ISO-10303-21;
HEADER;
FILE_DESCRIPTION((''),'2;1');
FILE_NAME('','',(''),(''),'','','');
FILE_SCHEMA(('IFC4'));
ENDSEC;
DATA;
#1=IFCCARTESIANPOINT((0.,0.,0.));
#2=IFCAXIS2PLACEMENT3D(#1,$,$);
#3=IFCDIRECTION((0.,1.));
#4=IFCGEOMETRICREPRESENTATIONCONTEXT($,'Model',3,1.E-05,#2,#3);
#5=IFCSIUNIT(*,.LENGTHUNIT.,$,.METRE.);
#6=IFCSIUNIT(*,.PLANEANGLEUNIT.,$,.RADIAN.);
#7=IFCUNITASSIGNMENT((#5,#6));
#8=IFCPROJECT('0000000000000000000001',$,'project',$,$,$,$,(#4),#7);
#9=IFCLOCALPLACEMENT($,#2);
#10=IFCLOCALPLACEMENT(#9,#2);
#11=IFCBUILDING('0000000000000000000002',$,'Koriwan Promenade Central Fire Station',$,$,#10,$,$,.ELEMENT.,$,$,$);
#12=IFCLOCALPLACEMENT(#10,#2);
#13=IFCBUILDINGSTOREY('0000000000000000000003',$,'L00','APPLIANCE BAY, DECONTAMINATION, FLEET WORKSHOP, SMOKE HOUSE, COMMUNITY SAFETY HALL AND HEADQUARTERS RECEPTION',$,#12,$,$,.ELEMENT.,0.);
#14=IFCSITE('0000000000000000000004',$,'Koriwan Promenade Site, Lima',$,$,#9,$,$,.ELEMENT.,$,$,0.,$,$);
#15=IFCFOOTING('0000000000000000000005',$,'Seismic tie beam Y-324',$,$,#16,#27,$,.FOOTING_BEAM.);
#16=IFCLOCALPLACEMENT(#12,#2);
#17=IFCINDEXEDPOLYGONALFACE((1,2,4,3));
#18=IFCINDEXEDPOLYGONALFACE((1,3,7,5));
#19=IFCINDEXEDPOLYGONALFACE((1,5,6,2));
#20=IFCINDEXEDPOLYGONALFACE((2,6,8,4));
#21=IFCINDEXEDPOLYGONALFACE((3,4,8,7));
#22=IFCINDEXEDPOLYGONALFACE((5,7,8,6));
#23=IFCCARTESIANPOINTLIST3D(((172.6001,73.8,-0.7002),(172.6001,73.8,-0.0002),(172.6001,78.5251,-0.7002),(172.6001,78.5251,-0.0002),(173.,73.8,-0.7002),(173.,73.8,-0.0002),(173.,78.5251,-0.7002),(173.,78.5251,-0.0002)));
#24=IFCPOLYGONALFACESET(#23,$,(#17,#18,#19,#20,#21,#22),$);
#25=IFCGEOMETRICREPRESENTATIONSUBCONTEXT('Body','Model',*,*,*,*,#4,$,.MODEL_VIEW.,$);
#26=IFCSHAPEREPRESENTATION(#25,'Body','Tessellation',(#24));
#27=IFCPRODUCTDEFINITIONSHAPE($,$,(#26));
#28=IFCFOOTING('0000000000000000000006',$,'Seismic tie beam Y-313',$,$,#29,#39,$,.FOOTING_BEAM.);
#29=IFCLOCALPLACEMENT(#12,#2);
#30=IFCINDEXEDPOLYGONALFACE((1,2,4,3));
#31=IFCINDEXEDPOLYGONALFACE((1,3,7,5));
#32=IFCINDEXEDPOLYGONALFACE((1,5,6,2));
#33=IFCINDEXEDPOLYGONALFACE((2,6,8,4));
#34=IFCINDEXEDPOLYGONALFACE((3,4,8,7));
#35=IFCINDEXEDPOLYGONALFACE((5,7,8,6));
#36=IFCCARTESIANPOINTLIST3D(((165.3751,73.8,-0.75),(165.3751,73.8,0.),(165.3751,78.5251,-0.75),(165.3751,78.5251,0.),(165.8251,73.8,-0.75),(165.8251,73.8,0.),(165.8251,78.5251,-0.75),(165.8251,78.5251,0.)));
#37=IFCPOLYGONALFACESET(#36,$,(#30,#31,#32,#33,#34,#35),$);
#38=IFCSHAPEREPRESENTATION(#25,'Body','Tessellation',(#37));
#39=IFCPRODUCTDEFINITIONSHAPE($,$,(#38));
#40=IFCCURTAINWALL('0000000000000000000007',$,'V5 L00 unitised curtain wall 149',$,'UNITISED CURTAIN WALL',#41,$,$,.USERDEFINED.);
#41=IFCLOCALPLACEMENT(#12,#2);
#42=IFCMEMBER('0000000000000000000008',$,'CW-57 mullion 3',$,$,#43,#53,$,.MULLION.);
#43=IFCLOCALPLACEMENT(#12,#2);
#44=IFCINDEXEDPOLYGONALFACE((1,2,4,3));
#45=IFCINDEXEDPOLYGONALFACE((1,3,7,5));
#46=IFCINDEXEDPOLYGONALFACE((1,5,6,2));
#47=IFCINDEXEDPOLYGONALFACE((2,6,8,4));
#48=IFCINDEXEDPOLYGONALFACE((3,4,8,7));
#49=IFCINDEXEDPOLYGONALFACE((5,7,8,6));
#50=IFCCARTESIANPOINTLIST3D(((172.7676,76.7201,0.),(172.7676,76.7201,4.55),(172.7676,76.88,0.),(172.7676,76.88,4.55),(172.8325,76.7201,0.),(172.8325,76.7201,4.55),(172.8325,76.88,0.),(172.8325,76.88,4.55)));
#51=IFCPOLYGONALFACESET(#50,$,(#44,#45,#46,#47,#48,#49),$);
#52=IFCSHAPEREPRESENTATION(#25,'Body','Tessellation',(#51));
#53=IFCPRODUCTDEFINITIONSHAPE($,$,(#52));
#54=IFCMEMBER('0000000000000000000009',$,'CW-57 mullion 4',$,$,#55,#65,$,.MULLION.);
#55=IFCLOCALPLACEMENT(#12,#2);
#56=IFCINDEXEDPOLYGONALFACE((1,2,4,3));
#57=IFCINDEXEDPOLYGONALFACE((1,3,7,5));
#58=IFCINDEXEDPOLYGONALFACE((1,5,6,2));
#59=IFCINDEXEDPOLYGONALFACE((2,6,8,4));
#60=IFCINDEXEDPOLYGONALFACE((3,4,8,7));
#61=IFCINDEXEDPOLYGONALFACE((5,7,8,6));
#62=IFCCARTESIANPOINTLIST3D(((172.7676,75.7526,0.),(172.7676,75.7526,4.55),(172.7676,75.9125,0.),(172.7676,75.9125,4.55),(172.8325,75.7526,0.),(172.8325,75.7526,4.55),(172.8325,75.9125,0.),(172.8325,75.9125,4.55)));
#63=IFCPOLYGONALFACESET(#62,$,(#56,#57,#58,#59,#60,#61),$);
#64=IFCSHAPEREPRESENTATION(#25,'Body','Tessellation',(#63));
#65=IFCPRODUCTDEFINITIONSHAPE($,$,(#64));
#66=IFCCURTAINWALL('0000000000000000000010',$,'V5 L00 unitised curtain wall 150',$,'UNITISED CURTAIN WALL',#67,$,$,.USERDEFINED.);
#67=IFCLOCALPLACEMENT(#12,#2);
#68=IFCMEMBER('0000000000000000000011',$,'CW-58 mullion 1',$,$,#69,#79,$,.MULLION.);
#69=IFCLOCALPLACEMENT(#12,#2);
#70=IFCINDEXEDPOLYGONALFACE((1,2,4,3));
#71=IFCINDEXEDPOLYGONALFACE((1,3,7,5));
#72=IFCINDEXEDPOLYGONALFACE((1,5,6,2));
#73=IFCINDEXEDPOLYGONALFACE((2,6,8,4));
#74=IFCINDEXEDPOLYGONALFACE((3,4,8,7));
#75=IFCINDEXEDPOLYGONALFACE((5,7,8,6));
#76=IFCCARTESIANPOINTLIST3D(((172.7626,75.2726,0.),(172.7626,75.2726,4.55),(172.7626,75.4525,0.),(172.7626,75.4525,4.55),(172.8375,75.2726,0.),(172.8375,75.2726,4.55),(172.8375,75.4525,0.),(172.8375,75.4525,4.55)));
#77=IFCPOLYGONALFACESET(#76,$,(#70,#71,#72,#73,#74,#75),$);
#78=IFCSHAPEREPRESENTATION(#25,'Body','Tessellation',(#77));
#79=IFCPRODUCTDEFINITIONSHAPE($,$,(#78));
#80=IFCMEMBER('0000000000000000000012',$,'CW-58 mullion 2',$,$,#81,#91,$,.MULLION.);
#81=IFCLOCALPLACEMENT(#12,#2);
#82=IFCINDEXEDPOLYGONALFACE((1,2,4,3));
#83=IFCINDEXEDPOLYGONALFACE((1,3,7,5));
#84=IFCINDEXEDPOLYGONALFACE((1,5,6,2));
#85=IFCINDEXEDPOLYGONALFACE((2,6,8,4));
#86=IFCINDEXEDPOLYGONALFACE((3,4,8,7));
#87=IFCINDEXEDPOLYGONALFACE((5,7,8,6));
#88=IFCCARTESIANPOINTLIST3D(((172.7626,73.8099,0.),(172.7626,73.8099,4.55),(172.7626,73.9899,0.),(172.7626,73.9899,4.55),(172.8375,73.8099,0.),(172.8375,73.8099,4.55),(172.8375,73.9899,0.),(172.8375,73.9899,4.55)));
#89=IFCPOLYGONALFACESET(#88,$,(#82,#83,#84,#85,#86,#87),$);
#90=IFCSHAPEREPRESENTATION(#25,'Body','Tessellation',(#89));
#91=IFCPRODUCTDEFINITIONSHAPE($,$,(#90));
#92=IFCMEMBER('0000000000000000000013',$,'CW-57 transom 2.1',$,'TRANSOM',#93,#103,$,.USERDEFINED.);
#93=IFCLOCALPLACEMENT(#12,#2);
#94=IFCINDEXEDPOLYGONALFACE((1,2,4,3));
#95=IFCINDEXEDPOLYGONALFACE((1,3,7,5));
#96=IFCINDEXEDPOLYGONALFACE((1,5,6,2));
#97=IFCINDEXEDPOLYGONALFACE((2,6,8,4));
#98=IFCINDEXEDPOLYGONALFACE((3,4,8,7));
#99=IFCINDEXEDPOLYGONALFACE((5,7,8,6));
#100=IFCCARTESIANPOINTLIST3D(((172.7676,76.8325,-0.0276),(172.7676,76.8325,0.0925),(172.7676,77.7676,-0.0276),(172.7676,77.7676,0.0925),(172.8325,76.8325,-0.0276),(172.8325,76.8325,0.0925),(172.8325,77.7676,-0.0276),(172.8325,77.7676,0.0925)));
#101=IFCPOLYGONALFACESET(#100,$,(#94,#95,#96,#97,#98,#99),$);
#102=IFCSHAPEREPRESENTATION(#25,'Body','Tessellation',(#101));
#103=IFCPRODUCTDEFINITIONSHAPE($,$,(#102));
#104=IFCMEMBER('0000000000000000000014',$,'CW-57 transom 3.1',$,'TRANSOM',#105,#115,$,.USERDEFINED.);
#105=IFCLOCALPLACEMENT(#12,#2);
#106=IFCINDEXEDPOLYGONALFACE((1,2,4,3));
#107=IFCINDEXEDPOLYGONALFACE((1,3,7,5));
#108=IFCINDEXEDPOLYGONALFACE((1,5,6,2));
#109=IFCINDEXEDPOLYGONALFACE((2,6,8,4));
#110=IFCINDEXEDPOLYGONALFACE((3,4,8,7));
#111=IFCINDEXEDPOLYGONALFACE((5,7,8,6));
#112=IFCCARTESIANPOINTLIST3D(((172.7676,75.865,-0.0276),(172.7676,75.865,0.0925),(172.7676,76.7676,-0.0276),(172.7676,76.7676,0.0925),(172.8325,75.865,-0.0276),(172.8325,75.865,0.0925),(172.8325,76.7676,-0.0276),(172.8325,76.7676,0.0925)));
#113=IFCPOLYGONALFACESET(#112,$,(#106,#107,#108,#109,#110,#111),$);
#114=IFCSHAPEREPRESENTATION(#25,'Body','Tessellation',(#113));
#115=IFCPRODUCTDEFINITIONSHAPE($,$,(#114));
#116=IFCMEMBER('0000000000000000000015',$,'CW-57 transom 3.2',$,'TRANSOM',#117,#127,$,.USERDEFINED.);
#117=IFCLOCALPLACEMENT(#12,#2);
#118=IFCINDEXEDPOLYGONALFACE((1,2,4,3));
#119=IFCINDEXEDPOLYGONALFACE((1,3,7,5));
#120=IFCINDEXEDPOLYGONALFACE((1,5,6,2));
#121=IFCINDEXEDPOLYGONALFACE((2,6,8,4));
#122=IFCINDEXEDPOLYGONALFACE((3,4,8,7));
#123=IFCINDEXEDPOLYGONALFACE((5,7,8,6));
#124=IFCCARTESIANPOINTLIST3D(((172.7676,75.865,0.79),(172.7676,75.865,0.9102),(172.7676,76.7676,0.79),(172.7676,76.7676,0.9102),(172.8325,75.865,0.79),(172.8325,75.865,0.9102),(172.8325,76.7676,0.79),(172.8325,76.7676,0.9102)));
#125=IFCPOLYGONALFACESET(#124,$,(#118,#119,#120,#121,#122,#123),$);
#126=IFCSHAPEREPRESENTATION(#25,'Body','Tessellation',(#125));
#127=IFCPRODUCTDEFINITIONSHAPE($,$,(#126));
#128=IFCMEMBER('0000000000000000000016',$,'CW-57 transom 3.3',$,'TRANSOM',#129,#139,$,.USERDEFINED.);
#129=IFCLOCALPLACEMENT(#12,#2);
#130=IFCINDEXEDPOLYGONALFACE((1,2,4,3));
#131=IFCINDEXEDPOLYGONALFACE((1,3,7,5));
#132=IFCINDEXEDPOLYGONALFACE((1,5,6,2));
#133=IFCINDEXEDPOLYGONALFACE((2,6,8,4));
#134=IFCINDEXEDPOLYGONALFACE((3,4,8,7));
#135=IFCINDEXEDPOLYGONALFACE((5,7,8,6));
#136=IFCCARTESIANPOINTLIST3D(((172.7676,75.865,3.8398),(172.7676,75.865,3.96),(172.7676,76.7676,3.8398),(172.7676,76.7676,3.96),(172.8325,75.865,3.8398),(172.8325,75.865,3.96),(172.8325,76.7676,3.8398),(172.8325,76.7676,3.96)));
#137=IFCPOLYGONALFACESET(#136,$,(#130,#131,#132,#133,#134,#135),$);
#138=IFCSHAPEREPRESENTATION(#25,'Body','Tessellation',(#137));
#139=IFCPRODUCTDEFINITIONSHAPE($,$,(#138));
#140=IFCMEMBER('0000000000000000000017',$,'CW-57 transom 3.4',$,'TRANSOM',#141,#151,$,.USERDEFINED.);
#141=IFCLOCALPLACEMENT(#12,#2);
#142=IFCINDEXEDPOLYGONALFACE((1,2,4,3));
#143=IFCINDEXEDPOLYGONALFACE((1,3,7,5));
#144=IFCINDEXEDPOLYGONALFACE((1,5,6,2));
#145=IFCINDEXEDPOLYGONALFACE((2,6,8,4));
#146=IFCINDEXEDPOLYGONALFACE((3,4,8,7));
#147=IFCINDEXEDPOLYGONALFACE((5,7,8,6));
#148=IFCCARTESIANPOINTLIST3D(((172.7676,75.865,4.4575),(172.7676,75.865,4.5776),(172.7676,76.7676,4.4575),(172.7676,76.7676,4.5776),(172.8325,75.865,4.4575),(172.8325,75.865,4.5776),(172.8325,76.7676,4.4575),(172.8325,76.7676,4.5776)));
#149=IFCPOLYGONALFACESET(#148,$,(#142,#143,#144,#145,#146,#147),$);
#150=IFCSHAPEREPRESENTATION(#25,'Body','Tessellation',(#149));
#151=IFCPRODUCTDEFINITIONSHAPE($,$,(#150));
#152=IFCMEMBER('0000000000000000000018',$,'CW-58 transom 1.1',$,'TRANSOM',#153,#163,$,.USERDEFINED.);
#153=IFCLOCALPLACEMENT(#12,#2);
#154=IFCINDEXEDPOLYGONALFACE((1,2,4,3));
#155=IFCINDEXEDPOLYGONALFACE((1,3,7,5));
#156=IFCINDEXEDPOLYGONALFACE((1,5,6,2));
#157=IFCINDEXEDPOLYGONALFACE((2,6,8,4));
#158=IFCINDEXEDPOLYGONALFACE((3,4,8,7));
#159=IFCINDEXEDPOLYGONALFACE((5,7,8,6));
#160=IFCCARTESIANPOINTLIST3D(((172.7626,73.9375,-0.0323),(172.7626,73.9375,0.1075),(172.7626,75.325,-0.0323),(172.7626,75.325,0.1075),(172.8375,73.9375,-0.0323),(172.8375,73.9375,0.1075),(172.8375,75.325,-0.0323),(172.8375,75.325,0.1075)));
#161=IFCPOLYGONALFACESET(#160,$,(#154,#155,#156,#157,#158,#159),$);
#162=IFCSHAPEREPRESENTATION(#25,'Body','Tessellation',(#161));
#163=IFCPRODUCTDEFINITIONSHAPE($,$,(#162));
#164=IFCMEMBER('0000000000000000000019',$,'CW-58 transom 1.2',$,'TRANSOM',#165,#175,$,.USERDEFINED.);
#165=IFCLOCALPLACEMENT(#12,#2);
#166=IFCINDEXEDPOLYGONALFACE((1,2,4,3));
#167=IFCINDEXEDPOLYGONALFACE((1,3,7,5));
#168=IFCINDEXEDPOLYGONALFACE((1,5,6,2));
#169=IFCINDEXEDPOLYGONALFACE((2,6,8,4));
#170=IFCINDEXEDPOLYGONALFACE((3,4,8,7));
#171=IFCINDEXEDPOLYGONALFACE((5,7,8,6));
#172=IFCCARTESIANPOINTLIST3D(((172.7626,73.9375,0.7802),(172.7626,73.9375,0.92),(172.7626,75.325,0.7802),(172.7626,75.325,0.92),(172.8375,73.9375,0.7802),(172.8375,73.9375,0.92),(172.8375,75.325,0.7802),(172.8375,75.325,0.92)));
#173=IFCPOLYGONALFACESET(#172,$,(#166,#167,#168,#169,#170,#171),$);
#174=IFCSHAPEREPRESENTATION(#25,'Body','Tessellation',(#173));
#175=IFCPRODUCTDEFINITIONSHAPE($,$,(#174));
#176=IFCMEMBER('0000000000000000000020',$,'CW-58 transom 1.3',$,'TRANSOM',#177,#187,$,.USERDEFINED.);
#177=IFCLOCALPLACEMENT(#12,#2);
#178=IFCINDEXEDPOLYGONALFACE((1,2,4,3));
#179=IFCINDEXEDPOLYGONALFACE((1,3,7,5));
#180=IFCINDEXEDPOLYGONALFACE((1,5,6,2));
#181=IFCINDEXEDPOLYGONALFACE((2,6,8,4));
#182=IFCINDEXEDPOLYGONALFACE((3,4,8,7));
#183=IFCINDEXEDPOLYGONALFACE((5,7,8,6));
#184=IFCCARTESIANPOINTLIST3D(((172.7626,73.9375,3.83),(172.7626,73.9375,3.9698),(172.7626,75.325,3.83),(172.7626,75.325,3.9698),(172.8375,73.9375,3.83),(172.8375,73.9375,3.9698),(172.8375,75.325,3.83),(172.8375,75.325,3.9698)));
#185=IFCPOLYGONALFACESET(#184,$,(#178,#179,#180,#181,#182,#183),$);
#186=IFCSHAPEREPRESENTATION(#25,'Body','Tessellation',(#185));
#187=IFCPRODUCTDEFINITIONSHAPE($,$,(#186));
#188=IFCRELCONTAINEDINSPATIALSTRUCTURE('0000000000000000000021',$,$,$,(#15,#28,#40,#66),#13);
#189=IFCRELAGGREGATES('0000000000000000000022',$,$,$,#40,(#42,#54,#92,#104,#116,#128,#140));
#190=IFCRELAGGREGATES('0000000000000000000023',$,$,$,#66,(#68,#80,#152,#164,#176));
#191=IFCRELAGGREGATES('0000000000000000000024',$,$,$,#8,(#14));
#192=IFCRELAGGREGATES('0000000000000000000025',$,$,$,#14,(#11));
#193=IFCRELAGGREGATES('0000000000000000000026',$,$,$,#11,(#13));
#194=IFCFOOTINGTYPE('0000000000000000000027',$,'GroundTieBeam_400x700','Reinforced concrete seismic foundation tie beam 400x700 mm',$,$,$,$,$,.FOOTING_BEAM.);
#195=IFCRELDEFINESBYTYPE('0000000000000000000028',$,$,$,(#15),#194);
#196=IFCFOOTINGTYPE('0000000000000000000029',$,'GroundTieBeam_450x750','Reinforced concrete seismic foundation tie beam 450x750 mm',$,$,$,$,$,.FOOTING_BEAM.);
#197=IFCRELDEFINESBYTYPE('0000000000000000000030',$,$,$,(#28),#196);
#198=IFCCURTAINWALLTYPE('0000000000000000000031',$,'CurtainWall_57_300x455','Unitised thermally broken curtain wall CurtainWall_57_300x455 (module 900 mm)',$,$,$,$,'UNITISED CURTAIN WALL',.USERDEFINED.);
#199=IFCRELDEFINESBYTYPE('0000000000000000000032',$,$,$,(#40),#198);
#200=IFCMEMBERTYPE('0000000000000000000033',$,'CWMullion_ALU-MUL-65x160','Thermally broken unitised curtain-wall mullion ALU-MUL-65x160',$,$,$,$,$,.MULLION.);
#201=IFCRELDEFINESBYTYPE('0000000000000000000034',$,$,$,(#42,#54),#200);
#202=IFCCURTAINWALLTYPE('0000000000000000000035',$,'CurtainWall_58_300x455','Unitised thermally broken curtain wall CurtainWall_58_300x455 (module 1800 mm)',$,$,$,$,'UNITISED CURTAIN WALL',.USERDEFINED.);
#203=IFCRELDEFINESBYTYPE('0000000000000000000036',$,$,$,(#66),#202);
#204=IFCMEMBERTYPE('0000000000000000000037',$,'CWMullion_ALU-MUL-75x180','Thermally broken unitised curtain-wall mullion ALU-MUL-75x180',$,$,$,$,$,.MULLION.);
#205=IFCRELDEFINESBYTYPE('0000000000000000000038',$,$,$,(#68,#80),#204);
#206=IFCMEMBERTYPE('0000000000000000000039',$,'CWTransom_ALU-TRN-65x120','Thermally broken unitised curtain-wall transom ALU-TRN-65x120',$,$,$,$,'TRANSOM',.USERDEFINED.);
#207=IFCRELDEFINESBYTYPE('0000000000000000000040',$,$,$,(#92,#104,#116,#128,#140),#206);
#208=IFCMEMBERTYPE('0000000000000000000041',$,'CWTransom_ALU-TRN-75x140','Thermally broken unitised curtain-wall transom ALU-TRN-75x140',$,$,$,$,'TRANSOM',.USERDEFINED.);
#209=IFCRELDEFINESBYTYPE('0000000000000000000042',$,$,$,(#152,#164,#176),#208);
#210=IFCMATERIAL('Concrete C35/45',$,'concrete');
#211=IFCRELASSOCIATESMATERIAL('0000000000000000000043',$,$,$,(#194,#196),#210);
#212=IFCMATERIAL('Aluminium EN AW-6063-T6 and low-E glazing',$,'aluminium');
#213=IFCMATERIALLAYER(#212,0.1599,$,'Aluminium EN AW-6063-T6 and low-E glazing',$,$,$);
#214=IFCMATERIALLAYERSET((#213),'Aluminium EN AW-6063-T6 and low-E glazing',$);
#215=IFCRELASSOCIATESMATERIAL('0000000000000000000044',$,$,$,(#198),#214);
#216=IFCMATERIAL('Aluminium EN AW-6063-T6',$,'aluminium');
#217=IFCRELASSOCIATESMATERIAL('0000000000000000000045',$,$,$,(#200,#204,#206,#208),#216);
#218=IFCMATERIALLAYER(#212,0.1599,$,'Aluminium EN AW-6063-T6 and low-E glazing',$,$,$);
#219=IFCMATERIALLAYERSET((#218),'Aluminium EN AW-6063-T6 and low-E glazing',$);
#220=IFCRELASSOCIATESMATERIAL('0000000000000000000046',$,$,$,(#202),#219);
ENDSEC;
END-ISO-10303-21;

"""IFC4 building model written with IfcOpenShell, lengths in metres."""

from ifc_helpers import new_model, si_unit, direction, frame, origin, origin_2d, place, context, subcontext, project, spatial, rectangle, extrude, material, layer, layer_set, material_profile, profile_set, type_object, element, aggregate, save


model = new_model("IFC4")

# Units and contexts
model_context = context("Model", 3, precision=1e-05, world=origin(), true_north=direction((0.0, 1.0)))
body_context = subcontext(model_context, "Body", "Model", "MODEL_VIEW")
ifc_project = project(units=[si_unit("LENGTHUNIT", "METRE"), si_unit("PLANEANGLEUNIT", "RADIAN")], contexts=[model_context])

# Site, building, storey
site_placement = place(None, origin())
site = spatial("IfcSite", under=ifc_project, at=site_placement, Name="Koriwan Promenade Site, Lima", CompositionType="ELEMENT", RefElevation=0.0)
building_placement = place(site_placement, origin())
building = spatial("IfcBuilding", under=site, at=building_placement, Name="Koriwan Promenade Central Fire Station", CompositionType="ELEMENT")
storey_placement = place(building_placement, origin())
storey = spatial("IfcBuildingStorey", under=building, at=storey_placement, Name="L00", Description="APPLIANCE BAY, DECONTAMINATION, FLEET WORKSHOP, SMOKE HOUSE, COMMUNITY SAFETY HALL AND HEADQUARTERS RECEPTION", CompositionType="ELEMENT", Elevation=0.0)

# Footings
ifc_material_1 = material(Name="Concrete C35/45", Category="concrete")
footing_type_1 = type_object("IfcFootingType", Name="GroundTieBeam_400x700", Description="Reinforced concrete seismic foundation tie beam 400x700 mm", PredefinedType="FOOTING_BEAM", material=ifc_material_1)
footing_1_placement = place(storey_placement, frame((172.8, 76.1626, -0.7002), z_axis=(0.0, 0.0, 1.0), x_axis=(0.0, 1.0, 0.0)))
element("IfcFooting", 1, at=footing_1_placement, inside=storey, type_object=footing_type_1, Name="Seismic tie beam Y-324", PredefinedType="FOOTING_BEAM", context=body_context, shape_type="SweptSolid", body=[
    extrude(rectangle(XDim=4.7251, YDim=0.3999, at=origin_2d()), origin(), (0.0, 0.0, 1.0), 0.7),
])
footing_type_2 = type_object("IfcFootingType", Name="GroundTieBeam_450x750", Description="Reinforced concrete seismic foundation tie beam 450x750 mm", PredefinedType="FOOTING_BEAM", material=ifc_material_1)
footing_2_placement = place(storey_placement, frame((165.6001, 76.1626, -0.75), z_axis=(0.0, 0.0, 1.0), x_axis=(0.0, 1.0, 0.0)))
element("IfcFooting", 2, at=footing_2_placement, inside=storey, type_object=footing_type_2, Name="Seismic tie beam Y-313", PredefinedType="FOOTING_BEAM", context=body_context, shape_type="SweptSolid", body=[
    extrude(rectangle(XDim=4.7251, YDim=0.45, at=origin_2d()), origin(), (0.0, 0.0, 1.0), 0.75),
])

# Curtain walls, members
ifc_material_2 = material(Name="Aluminium EN AW-6063-T6 and low-E glazing", Category="aluminium")
ifc_layer_1 = layer(ifc_material_2, 0.1599, Name="Aluminium EN AW-6063-T6 and low-E glazing")
ifc_layer_set_1 = layer_set([ifc_layer_1], Name="Aluminium EN AW-6063-T6 and low-E glazing")
curtain_wall_type_1 = type_object("IfcCurtainWallType", Name="CurtainWall_57_300x455", Description="Unitised thermally broken curtain wall CurtainWall_57_300x455 (module 900 mm)", ElementType="UNITISED CURTAIN WALL", PredefinedType="USERDEFINED", material=ifc_layer_set_1)
curtain_wall_1_placement = place(storey_placement, origin())
curtain_wall_1 = element("IfcCurtainWall", 3, at=curtain_wall_1_placement, inside=storey, type_object=curtain_wall_type_1, Name="V5 L00 unitised curtain wall 149", ObjectType="UNITISED CURTAIN WALL", PredefinedType="USERDEFINED")
ifc_material_3 = material(Name="Aluminium EN AW-6063-T6", Category="aluminium")
ifc_material_profile_1 = material_profile(ifc_material_3, rectangle(XDim=0.0649, YDim=0.1599, at=origin_2d()), Name="ALU-MUL-65x160")
ifc_profile_set_1 = profile_set([ifc_material_profile_1], Name="Aluminium EN AW-6063-T6")
member_type_1 = type_object("IfcMemberType", Name="CWMullion_ALU-MUL-65x160", Description="Thermally broken unitised curtain-wall mullion ALU-MUL-65x160", PredefinedType="MULLION", material=ifc_profile_set_1)
member_1_placement = place(storey_placement, frame((172.8, 76.8, 0.0), z_axis=(0.0, 0.0, 1.0), x_axis=(1.0, 0.0, 0.0)))
member_1 = element("IfcMember", 4, at=member_1_placement, type_object=member_type_1, Name="CW-57 mullion 3", PredefinedType="MULLION", context=body_context, shape_type="SweptSolid", body=[
    extrude(rectangle(XDim=0.0649, YDim=0.1599, at=origin_2d()), origin(), (0.0, 0.0, 1.0), 4.55),
])
member_2_placement = place(storey_placement, frame((172.8, 75.8325, 0.0), z_axis=(0.0, 0.0, 1.0), x_axis=(1.0, 0.0, 0.0)))
member_2 = element("IfcMember", 5, at=member_2_placement, type_object=member_type_1, Name="CW-57 mullion 4", PredefinedType="MULLION", context=body_context, shape_type="SweptSolid", body=[
    extrude(rectangle(XDim=0.0649, YDim=0.1599, at=origin_2d()), origin(), (0.0, 0.0, 1.0), 4.55),
])
ifc_layer_2 = layer(ifc_material_2, 0.1599, Name="Aluminium EN AW-6063-T6 and low-E glazing")
ifc_layer_set_2 = layer_set([ifc_layer_2], Name="Aluminium EN AW-6063-T6 and low-E glazing")
curtain_wall_type_2 = type_object("IfcCurtainWallType", Name="CurtainWall_58_300x455", Description="Unitised thermally broken curtain wall CurtainWall_58_300x455 (module 1800 mm)", ElementType="UNITISED CURTAIN WALL", PredefinedType="USERDEFINED", material=ifc_layer_set_2)
curtain_wall_2_placement = place(storey_placement, origin())
curtain_wall_2 = element("IfcCurtainWall", 6, at=curtain_wall_2_placement, inside=storey, type_object=curtain_wall_type_2, Name="V5 L00 unitised curtain wall 150", ObjectType="UNITISED CURTAIN WALL", PredefinedType="USERDEFINED")
ifc_material_profile_2 = material_profile(ifc_material_3, rectangle(XDim=0.075, YDim=0.1799, at=origin_2d()), Name="ALU-MUL-75x180")
ifc_profile_set_2 = profile_set([ifc_material_profile_2], Name="Aluminium EN AW-6063-T6")
member_type_2 = type_object("IfcMemberType", Name="CWMullion_ALU-MUL-75x180", Description="Thermally broken unitised curtain-wall mullion ALU-MUL-75x180", PredefinedType="MULLION", material=ifc_profile_set_2)
member_3_placement = place(storey_placement, frame((172.8, 75.3625, 0.0), z_axis=(0.0, 0.0, 1.0), x_axis=(1.0, 0.0, 0.0)))
member_3 = element("IfcMember", 7, at=member_3_placement, type_object=member_type_2, Name="CW-58 mullion 1", PredefinedType="MULLION", context=body_context, shape_type="SweptSolid", body=[
    extrude(rectangle(XDim=0.075, YDim=0.1799, at=origin_2d()), origin(), (0.0, 0.0, 1.0), 4.55),
])
member_4_placement = place(storey_placement, frame((172.8, 73.8999, 0.0), z_axis=(0.0, 0.0, 1.0), x_axis=(1.0, 0.0, 0.0)))
member_4 = element("IfcMember", 8, at=member_4_placement, type_object=member_type_2, Name="CW-58 mullion 2", PredefinedType="MULLION", context=body_context, shape_type="SweptSolid", body=[
    extrude(rectangle(XDim=0.075, YDim=0.1799, at=origin_2d()), origin(), (0.0, 0.0, 1.0), 4.55),
])

# Members
ifc_material_profile_3 = material_profile(ifc_material_3, rectangle(XDim=0.0649, YDim=0.1201, at=origin_2d()), Name="ALU-TRN-65x120")
ifc_profile_set_3 = profile_set([ifc_material_profile_3], Name="Aluminium EN AW-6063-T6")
member_type_3 = type_object("IfcMemberType", Name="CWTransom_ALU-TRN-65x120", Description="Thermally broken unitised curtain-wall transom ALU-TRN-65x120", ElementType="TRANSOM", PredefinedType="USERDEFINED", material=ifc_profile_set_3)
member_5_placement = place(storey_placement, frame((172.8, 77.7676, 0.0325), z_axis=(0.0, -1.0, 0.0), x_axis=(1.0, 0.0, 0.0)))
member_5 = element("IfcMember", 9, at=member_5_placement, type_object=member_type_3, Name="CW-57 transom 2.1", ObjectType="TRANSOM", PredefinedType="USERDEFINED", context=body_context, shape_type="SweptSolid", body=[
    extrude(rectangle(XDim=0.0649, YDim=0.1201, at=origin_2d()), origin(), (0.0, 0.0, 1.0), 0.9351),
])
member_6_placement = place(storey_placement, frame((172.8, 76.7676, 0.0325), z_axis=(0.0, -1.0, 0.0), x_axis=(1.0, 0.0, 0.0)))
member_6 = element("IfcMember", 10, at=member_6_placement, type_object=member_type_3, Name="CW-57 transom 3.1", ObjectType="TRANSOM", PredefinedType="USERDEFINED", context=body_context, shape_type="SweptSolid", body=[
    extrude(rectangle(XDim=0.0649, YDim=0.1201, at=origin_2d()), origin(), (0.0, 0.0, 1.0), 0.9026),
])
member_7_placement = place(storey_placement, frame((172.8, 76.7676, 0.8501), z_axis=(0.0, -1.0, 0.0), x_axis=(1.0, 0.0, 0.0)))
member_7 = element("IfcMember", 11, at=member_7_placement, type_object=member_type_3, Name="CW-57 transom 3.2", ObjectType="TRANSOM", PredefinedType="USERDEFINED", context=body_context, shape_type="SweptSolid", body=[
    extrude(rectangle(XDim=0.0649, YDim=0.1201, at=origin_2d()), origin(), (0.0, 0.0, 1.0), 0.9026),
])
member_8_placement = place(storey_placement, frame((172.8, 76.7676, 3.8999), z_axis=(0.0, -1.0, 0.0), x_axis=(1.0, 0.0, 0.0)))
member_8 = element("IfcMember", 12, at=member_8_placement, type_object=member_type_3, Name="CW-57 transom 3.3", ObjectType="TRANSOM", PredefinedType="USERDEFINED", context=body_context, shape_type="SweptSolid", body=[
    extrude(rectangle(XDim=0.0649, YDim=0.1201, at=origin_2d()), origin(), (0.0, 0.0, 1.0), 0.9026),
])
member_9_placement = place(storey_placement, frame((172.8, 76.7676, 4.5176), z_axis=(0.0, -1.0, 0.0), x_axis=(1.0, 0.0, 0.0)))
member_9 = element("IfcMember", 13, at=member_9_placement, type_object=member_type_3, Name="CW-57 transom 3.4", ObjectType="TRANSOM", PredefinedType="USERDEFINED", context=body_context, shape_type="SweptSolid", body=[
    extrude(rectangle(XDim=0.0649, YDim=0.1201, at=origin_2d()), origin(), (0.0, 0.0, 1.0), 0.9026),
])
ifc_material_profile_4 = material_profile(ifc_material_3, rectangle(XDim=0.075, YDim=0.1399, at=origin_2d()), Name="ALU-TRN-75x140")
ifc_profile_set_4 = profile_set([ifc_material_profile_4], Name="Aluminium EN AW-6063-T6")
member_type_4 = type_object("IfcMemberType", Name="CWTransom_ALU-TRN-75x140", Description="Thermally broken unitised curtain-wall transom ALU-TRN-75x140", ElementType="TRANSOM", PredefinedType="USERDEFINED", material=ifc_profile_set_4)
member_10_placement = place(storey_placement, frame((172.8, 75.325, 0.0376), z_axis=(0.0, -1.0, 0.0), x_axis=(1.0, 0.0, 0.0)))
member_10 = element("IfcMember", 14, at=member_10_placement, type_object=member_type_4, Name="CW-58 transom 1.1", ObjectType="TRANSOM", PredefinedType="USERDEFINED", context=body_context, shape_type="SweptSolid", body=[
    extrude(rectangle(XDim=0.075, YDim=0.1399, at=origin_2d()), origin(), (0.0, 0.0, 1.0), 1.3875),
])
member_11_placement = place(storey_placement, frame((172.8, 75.325, 0.8501), z_axis=(0.0, -1.0, 0.0), x_axis=(1.0, 0.0, 0.0)))
member_11 = element("IfcMember", 15, at=member_11_placement, type_object=member_type_4, Name="CW-58 transom 1.2", ObjectType="TRANSOM", PredefinedType="USERDEFINED", context=body_context, shape_type="SweptSolid", body=[
    extrude(rectangle(XDim=0.075, YDim=0.1399, at=origin_2d()), origin(), (0.0, 0.0, 1.0), 1.3875),
])
member_12_placement = place(storey_placement, frame((172.8, 75.325, 3.8999), z_axis=(0.0, -1.0, 0.0), x_axis=(1.0, 0.0, 0.0)))
member_12 = element("IfcMember", 16, at=member_12_placement, type_object=member_type_4, Name="CW-58 transom 1.3", ObjectType="TRANSOM", PredefinedType="USERDEFINED", context=body_context, shape_type="SweptSolid", body=[
    extrude(rectangle(XDim=0.075, YDim=0.1399, at=origin_2d()), origin(), (0.0, 0.0, 1.0), 1.3875),
])

aggregate(curtain_wall_1, [member_1, member_2, member_5, member_6, member_7, member_8, member_9])
aggregate(curtain_wall_2, [member_3, member_4, member_10, member_11, member_12])

save(model, "model.ifc")
